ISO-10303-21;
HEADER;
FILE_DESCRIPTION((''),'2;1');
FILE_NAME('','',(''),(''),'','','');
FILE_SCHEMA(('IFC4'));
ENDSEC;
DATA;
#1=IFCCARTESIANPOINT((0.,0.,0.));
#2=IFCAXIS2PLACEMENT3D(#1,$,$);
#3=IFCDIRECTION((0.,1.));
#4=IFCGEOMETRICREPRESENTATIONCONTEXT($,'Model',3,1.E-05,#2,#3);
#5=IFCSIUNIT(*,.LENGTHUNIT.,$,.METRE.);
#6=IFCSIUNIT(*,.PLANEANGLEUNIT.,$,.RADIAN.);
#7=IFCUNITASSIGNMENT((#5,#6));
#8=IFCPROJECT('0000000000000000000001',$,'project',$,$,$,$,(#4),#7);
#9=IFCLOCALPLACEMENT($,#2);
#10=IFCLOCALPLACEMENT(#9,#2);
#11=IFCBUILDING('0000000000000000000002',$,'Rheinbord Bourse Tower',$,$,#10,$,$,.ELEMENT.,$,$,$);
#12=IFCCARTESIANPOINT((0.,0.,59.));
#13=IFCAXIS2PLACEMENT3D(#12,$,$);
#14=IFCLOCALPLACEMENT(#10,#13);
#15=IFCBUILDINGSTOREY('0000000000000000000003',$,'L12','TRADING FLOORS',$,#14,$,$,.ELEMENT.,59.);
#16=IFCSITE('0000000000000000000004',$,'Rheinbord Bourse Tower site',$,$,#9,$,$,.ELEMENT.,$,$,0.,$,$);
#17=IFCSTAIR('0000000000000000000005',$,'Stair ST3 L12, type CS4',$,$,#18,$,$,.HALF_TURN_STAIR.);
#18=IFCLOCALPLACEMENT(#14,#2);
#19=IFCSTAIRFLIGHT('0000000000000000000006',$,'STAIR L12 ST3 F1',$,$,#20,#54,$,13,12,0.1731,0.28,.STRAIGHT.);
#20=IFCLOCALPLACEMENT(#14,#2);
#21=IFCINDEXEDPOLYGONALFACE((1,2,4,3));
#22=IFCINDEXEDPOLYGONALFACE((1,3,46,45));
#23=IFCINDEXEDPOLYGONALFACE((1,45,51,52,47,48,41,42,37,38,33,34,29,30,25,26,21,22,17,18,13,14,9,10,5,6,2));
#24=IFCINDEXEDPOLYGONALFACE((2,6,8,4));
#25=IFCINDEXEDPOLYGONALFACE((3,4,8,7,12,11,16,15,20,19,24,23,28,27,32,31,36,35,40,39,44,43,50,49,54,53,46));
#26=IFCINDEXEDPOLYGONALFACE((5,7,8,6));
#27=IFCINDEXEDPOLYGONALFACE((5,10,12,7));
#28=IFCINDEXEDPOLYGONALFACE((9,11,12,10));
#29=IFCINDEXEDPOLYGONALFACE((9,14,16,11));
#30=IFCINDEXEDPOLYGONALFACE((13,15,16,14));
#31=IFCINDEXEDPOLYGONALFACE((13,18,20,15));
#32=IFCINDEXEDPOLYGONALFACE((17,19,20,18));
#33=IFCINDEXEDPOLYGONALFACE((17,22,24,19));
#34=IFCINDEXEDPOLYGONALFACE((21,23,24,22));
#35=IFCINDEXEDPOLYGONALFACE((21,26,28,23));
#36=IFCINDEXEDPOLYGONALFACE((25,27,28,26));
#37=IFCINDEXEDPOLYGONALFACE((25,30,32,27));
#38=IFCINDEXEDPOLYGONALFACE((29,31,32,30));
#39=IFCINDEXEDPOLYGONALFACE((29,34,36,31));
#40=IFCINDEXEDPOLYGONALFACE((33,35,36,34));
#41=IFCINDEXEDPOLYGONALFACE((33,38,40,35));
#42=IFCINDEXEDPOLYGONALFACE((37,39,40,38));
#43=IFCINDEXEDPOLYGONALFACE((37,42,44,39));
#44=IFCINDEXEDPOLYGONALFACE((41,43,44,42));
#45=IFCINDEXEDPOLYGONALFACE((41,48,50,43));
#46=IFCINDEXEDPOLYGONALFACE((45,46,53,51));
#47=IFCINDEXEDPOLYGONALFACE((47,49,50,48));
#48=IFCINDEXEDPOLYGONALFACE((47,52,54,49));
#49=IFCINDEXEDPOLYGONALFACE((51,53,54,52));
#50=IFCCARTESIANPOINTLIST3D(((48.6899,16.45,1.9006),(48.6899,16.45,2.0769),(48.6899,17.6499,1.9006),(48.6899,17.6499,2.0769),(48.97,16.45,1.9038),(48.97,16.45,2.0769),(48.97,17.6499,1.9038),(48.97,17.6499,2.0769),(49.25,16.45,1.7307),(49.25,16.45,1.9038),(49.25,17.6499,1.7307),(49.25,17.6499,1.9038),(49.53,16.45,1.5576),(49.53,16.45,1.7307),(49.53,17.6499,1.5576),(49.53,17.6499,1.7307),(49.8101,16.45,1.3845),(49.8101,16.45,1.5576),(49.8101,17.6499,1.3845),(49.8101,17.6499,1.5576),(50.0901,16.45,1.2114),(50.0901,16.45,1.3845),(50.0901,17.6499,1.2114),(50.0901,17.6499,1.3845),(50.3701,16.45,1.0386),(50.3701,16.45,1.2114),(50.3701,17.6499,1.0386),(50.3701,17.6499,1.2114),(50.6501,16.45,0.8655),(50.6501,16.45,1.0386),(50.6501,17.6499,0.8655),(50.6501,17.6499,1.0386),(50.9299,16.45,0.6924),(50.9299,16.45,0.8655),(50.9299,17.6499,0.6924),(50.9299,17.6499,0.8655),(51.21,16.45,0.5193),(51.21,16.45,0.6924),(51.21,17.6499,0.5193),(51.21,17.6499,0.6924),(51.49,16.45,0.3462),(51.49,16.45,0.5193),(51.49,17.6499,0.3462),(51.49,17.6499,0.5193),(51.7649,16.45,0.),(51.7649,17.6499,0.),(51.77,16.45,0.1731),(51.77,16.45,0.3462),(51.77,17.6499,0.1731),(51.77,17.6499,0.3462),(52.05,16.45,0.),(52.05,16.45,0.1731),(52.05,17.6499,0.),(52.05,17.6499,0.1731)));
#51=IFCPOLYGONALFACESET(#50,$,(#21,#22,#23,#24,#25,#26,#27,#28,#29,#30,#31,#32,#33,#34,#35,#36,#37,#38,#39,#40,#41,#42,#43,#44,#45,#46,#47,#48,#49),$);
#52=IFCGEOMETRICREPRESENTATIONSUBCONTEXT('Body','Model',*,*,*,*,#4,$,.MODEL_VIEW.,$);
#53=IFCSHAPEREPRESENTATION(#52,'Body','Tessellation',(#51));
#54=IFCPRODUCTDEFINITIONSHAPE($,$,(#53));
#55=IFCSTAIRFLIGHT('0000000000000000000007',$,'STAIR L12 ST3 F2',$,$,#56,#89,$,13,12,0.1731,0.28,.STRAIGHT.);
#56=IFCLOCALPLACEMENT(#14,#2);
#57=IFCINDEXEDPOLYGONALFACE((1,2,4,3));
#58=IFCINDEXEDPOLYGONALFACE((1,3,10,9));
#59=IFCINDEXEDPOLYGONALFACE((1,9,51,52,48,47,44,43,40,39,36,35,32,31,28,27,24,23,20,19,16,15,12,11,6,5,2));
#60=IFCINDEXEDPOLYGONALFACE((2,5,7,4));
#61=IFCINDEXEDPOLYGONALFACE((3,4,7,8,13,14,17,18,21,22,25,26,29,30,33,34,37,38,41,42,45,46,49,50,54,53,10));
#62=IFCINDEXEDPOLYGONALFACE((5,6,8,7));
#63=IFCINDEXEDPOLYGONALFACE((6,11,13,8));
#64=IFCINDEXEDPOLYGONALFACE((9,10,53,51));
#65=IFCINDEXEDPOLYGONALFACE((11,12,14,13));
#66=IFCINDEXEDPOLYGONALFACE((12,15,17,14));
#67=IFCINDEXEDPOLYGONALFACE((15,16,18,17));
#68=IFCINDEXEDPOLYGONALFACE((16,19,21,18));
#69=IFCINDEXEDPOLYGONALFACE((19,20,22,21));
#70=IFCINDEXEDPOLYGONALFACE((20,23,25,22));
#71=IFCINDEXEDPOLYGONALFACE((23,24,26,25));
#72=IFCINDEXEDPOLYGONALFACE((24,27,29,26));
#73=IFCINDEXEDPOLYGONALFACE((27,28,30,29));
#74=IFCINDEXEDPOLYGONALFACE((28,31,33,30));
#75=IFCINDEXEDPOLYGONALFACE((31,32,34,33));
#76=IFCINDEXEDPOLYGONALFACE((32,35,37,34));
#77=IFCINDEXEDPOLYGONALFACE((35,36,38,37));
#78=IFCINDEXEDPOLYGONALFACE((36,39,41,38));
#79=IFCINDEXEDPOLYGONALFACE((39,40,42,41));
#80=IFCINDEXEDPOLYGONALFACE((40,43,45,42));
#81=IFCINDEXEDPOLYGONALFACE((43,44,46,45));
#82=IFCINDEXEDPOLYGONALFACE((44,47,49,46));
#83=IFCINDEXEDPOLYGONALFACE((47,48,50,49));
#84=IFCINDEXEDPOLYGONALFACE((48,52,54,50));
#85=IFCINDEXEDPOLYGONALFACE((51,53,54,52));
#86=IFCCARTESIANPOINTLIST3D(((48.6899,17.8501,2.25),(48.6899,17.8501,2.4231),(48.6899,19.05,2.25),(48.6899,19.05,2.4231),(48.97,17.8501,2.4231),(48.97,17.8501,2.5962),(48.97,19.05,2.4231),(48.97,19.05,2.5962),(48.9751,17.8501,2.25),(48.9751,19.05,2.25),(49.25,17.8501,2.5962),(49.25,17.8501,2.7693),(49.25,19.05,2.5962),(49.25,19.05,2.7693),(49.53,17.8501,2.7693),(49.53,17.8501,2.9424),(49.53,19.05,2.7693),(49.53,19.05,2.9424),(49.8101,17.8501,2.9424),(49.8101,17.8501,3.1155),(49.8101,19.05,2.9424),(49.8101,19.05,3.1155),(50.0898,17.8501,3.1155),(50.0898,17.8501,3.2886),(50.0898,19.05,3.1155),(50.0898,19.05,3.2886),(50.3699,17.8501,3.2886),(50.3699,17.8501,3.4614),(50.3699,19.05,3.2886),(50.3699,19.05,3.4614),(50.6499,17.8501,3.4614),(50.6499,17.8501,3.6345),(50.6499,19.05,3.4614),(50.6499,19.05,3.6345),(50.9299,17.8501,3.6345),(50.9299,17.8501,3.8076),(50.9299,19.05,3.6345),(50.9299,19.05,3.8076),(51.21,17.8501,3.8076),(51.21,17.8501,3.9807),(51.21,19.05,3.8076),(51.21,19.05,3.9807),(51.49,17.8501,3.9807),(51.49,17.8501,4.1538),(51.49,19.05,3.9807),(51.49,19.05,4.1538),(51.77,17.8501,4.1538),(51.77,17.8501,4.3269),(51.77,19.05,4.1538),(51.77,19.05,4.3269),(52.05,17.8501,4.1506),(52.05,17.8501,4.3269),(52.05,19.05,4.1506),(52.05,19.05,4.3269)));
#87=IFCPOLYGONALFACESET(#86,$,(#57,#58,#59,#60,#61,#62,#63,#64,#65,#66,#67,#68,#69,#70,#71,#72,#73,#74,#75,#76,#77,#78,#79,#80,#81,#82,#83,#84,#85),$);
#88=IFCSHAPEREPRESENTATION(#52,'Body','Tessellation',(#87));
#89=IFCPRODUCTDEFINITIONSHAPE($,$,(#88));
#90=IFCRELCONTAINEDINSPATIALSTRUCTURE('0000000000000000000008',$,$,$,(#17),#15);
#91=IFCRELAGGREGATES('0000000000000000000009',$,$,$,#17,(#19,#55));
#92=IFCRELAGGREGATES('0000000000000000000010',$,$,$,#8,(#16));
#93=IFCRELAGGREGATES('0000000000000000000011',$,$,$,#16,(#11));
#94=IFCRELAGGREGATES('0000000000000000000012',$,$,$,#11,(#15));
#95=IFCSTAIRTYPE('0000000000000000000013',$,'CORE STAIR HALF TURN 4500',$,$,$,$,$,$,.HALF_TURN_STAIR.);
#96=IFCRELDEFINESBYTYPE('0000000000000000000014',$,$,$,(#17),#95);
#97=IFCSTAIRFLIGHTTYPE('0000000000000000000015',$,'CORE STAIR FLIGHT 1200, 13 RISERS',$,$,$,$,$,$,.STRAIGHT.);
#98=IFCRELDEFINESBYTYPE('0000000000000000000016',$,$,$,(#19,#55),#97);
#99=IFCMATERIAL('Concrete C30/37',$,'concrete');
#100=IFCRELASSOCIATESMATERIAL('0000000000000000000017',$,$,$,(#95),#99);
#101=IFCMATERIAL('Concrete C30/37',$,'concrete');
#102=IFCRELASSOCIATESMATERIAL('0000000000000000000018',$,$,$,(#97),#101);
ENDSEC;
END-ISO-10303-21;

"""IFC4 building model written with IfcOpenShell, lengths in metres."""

from ifc_helpers import new_model, si_unit, direction, frame, origin, place, context, subcontext, project, spatial, polyline, outline, extrude, material, type_object, element, aggregate, save


model = new_model("IFC4")

# Units and contexts
model_context = context("Model", 3, precision=1e-05, world=origin(), true_north=direction((0.0, 1.0)))
body_context = subcontext(model_context, "Body", "Model", "MODEL_VIEW")
ifc_project = project(units=[si_unit("LENGTHUNIT", "METRE"), si_unit("PLANEANGLEUNIT", "RADIAN")], contexts=[model_context])

# Site, building, storey
site_placement = place(None, origin())
site = spatial("IfcSite", under=ifc_project, at=site_placement, Name="Rheinbord Bourse Tower site", CompositionType="ELEMENT", RefElevation=0.0)
building_placement = place(site_placement, origin())
building = spatial("IfcBuilding", under=site, at=building_placement, Name="Rheinbord Bourse Tower", CompositionType="ELEMENT")
storey_placement = place(building_placement, frame((0.0, 0.0, 59.0)))
storey = spatial("IfcBuildingStorey", under=building, at=storey_placement, Name="L12", Description="TRADING FLOORS", CompositionType="ELEMENT", Elevation=59.0)

# Stair, stair flights
ifc_material_1 = material(Name="Concrete C30/37", Category="concrete")
stair_type = type_object("IfcStairType", Name="CORE STAIR HALF TURN 4500", PredefinedType="HALF_TURN_STAIR", material=ifc_material_1)
stair_placement = place(storey_placement, origin())
stair = element("IfcStair", 1, at=stair_placement, inside=storey, type_object=stair_type, Name="Stair ST3 L12, type CS4", PredefinedType="HALF_TURN_STAIR")
ifc_material_2 = material(Name="Concrete C30/37", Category="concrete")
stair_flight_type = type_object("IfcStairFlightType", Name="CORE STAIR FLIGHT 1200, 13 RISERS", PredefinedType="STRAIGHT", material=ifc_material_2)
stair_flight_1_placement = place(storey_placement, frame((52.05, 17.05, 0.0), z_axis=(0.0, 0.0, 1.0), x_axis=(-1.0, 0.0, 0.0)))
stair_flight_1 = element("IfcStairFlight", 2, at=stair_flight_1_placement, type_object=stair_flight_type, Name="STAIR L12 ST3 F1", NumberOfRisers=13, NumberOfTreads=12, PredefinedType="STRAIGHT", RiserHeight=0.1731, TreadLength=0.28, context=body_context, shape_type="SweptSolid", body=[
    extrude(outline(polyline([(0.0, 0.0), (0.0, 0.1731), (0.28, 0.1731), (0.28, 0.3462), (0.5601, 0.3462), (0.5601, 0.5193), (0.8401, 0.5193), (0.8401, 0.6924), (1.1201, 0.6924), (1.1201, 0.8655), (1.3999, 0.8655), (1.3999, 1.0386), (1.6799, 1.0386), (1.6799, 1.2114), (1.96, 1.2114), (1.96, 1.3845), (2.24, 1.3845), (2.24, 1.5576), (2.52, 1.5576), (2.52, 1.7307), (2.8, 1.7307), (2.8, 1.9038), (3.0801, 1.9038), (3.0801, 2.0769), (3.3601, 2.0769), (3.3601, 2.25), (3.3601, 1.9006), (0.2852, 0.0), (0.0, 0.0)])), frame((0.0, 0.6001, 0.0), z_axis=(0.0, -1.0, 0.0), x_axis=(1.0, 0.0, 0.0)), (0.0, 0.0, 1.0), 1.2),
])
stair_flight_2_placement = place(storey_placement, frame((48.6899, 18.45, 2.25), z_axis=(0.0, 0.0, 1.0), x_axis=(1.0, 0.0, 0.0)))
stair_flight_2 = element("IfcStairFlight", 3, at=stair_flight_2_placement, type_object=stair_flight_type, Name="STAIR L12 ST3 F2", NumberOfRisers=13, NumberOfTreads=12, PredefinedType="STRAIGHT", RiserHeight=0.1731, TreadLength=0.28, context=body_context, shape_type="SweptSolid", body=[
    extrude(outline(polyline([(0.0, 0.0), (0.0, 0.1731), (0.28, 0.1731), (0.28, 0.3462), (0.5601, 0.3462), (0.5601, 0.5193), (0.8401, 0.5193), (0.8401, 0.6924), (1.1201, 0.6924), (1.1201, 0.8655), (1.3999, 0.8655), (1.3999, 1.0386), (1.6799, 1.0386), (1.6799, 1.2114), (1.96, 1.2114), (1.96, 1.3845), (2.24, 1.3845), (2.24, 1.5576), (2.52, 1.5576), (2.52, 1.7307), (2.8, 1.7307), (2.8, 1.9038), (3.0801, 1.9038), (3.0801, 2.0769), (3.3601, 2.0769), (3.3601, 2.25), (3.3601, 1.9006), (0.2852, 0.0), (0.0, 0.0)])), frame((0.0, 0.6001, 0.0), z_axis=(0.0, -1.0, 0.0), x_axis=(1.0, 0.0, 0.0)), (0.0, 0.0, 1.0), 1.2),
])
aggregate(stair, [stair_flight_1, stair_flight_2])

save(model, "model.ifc")
